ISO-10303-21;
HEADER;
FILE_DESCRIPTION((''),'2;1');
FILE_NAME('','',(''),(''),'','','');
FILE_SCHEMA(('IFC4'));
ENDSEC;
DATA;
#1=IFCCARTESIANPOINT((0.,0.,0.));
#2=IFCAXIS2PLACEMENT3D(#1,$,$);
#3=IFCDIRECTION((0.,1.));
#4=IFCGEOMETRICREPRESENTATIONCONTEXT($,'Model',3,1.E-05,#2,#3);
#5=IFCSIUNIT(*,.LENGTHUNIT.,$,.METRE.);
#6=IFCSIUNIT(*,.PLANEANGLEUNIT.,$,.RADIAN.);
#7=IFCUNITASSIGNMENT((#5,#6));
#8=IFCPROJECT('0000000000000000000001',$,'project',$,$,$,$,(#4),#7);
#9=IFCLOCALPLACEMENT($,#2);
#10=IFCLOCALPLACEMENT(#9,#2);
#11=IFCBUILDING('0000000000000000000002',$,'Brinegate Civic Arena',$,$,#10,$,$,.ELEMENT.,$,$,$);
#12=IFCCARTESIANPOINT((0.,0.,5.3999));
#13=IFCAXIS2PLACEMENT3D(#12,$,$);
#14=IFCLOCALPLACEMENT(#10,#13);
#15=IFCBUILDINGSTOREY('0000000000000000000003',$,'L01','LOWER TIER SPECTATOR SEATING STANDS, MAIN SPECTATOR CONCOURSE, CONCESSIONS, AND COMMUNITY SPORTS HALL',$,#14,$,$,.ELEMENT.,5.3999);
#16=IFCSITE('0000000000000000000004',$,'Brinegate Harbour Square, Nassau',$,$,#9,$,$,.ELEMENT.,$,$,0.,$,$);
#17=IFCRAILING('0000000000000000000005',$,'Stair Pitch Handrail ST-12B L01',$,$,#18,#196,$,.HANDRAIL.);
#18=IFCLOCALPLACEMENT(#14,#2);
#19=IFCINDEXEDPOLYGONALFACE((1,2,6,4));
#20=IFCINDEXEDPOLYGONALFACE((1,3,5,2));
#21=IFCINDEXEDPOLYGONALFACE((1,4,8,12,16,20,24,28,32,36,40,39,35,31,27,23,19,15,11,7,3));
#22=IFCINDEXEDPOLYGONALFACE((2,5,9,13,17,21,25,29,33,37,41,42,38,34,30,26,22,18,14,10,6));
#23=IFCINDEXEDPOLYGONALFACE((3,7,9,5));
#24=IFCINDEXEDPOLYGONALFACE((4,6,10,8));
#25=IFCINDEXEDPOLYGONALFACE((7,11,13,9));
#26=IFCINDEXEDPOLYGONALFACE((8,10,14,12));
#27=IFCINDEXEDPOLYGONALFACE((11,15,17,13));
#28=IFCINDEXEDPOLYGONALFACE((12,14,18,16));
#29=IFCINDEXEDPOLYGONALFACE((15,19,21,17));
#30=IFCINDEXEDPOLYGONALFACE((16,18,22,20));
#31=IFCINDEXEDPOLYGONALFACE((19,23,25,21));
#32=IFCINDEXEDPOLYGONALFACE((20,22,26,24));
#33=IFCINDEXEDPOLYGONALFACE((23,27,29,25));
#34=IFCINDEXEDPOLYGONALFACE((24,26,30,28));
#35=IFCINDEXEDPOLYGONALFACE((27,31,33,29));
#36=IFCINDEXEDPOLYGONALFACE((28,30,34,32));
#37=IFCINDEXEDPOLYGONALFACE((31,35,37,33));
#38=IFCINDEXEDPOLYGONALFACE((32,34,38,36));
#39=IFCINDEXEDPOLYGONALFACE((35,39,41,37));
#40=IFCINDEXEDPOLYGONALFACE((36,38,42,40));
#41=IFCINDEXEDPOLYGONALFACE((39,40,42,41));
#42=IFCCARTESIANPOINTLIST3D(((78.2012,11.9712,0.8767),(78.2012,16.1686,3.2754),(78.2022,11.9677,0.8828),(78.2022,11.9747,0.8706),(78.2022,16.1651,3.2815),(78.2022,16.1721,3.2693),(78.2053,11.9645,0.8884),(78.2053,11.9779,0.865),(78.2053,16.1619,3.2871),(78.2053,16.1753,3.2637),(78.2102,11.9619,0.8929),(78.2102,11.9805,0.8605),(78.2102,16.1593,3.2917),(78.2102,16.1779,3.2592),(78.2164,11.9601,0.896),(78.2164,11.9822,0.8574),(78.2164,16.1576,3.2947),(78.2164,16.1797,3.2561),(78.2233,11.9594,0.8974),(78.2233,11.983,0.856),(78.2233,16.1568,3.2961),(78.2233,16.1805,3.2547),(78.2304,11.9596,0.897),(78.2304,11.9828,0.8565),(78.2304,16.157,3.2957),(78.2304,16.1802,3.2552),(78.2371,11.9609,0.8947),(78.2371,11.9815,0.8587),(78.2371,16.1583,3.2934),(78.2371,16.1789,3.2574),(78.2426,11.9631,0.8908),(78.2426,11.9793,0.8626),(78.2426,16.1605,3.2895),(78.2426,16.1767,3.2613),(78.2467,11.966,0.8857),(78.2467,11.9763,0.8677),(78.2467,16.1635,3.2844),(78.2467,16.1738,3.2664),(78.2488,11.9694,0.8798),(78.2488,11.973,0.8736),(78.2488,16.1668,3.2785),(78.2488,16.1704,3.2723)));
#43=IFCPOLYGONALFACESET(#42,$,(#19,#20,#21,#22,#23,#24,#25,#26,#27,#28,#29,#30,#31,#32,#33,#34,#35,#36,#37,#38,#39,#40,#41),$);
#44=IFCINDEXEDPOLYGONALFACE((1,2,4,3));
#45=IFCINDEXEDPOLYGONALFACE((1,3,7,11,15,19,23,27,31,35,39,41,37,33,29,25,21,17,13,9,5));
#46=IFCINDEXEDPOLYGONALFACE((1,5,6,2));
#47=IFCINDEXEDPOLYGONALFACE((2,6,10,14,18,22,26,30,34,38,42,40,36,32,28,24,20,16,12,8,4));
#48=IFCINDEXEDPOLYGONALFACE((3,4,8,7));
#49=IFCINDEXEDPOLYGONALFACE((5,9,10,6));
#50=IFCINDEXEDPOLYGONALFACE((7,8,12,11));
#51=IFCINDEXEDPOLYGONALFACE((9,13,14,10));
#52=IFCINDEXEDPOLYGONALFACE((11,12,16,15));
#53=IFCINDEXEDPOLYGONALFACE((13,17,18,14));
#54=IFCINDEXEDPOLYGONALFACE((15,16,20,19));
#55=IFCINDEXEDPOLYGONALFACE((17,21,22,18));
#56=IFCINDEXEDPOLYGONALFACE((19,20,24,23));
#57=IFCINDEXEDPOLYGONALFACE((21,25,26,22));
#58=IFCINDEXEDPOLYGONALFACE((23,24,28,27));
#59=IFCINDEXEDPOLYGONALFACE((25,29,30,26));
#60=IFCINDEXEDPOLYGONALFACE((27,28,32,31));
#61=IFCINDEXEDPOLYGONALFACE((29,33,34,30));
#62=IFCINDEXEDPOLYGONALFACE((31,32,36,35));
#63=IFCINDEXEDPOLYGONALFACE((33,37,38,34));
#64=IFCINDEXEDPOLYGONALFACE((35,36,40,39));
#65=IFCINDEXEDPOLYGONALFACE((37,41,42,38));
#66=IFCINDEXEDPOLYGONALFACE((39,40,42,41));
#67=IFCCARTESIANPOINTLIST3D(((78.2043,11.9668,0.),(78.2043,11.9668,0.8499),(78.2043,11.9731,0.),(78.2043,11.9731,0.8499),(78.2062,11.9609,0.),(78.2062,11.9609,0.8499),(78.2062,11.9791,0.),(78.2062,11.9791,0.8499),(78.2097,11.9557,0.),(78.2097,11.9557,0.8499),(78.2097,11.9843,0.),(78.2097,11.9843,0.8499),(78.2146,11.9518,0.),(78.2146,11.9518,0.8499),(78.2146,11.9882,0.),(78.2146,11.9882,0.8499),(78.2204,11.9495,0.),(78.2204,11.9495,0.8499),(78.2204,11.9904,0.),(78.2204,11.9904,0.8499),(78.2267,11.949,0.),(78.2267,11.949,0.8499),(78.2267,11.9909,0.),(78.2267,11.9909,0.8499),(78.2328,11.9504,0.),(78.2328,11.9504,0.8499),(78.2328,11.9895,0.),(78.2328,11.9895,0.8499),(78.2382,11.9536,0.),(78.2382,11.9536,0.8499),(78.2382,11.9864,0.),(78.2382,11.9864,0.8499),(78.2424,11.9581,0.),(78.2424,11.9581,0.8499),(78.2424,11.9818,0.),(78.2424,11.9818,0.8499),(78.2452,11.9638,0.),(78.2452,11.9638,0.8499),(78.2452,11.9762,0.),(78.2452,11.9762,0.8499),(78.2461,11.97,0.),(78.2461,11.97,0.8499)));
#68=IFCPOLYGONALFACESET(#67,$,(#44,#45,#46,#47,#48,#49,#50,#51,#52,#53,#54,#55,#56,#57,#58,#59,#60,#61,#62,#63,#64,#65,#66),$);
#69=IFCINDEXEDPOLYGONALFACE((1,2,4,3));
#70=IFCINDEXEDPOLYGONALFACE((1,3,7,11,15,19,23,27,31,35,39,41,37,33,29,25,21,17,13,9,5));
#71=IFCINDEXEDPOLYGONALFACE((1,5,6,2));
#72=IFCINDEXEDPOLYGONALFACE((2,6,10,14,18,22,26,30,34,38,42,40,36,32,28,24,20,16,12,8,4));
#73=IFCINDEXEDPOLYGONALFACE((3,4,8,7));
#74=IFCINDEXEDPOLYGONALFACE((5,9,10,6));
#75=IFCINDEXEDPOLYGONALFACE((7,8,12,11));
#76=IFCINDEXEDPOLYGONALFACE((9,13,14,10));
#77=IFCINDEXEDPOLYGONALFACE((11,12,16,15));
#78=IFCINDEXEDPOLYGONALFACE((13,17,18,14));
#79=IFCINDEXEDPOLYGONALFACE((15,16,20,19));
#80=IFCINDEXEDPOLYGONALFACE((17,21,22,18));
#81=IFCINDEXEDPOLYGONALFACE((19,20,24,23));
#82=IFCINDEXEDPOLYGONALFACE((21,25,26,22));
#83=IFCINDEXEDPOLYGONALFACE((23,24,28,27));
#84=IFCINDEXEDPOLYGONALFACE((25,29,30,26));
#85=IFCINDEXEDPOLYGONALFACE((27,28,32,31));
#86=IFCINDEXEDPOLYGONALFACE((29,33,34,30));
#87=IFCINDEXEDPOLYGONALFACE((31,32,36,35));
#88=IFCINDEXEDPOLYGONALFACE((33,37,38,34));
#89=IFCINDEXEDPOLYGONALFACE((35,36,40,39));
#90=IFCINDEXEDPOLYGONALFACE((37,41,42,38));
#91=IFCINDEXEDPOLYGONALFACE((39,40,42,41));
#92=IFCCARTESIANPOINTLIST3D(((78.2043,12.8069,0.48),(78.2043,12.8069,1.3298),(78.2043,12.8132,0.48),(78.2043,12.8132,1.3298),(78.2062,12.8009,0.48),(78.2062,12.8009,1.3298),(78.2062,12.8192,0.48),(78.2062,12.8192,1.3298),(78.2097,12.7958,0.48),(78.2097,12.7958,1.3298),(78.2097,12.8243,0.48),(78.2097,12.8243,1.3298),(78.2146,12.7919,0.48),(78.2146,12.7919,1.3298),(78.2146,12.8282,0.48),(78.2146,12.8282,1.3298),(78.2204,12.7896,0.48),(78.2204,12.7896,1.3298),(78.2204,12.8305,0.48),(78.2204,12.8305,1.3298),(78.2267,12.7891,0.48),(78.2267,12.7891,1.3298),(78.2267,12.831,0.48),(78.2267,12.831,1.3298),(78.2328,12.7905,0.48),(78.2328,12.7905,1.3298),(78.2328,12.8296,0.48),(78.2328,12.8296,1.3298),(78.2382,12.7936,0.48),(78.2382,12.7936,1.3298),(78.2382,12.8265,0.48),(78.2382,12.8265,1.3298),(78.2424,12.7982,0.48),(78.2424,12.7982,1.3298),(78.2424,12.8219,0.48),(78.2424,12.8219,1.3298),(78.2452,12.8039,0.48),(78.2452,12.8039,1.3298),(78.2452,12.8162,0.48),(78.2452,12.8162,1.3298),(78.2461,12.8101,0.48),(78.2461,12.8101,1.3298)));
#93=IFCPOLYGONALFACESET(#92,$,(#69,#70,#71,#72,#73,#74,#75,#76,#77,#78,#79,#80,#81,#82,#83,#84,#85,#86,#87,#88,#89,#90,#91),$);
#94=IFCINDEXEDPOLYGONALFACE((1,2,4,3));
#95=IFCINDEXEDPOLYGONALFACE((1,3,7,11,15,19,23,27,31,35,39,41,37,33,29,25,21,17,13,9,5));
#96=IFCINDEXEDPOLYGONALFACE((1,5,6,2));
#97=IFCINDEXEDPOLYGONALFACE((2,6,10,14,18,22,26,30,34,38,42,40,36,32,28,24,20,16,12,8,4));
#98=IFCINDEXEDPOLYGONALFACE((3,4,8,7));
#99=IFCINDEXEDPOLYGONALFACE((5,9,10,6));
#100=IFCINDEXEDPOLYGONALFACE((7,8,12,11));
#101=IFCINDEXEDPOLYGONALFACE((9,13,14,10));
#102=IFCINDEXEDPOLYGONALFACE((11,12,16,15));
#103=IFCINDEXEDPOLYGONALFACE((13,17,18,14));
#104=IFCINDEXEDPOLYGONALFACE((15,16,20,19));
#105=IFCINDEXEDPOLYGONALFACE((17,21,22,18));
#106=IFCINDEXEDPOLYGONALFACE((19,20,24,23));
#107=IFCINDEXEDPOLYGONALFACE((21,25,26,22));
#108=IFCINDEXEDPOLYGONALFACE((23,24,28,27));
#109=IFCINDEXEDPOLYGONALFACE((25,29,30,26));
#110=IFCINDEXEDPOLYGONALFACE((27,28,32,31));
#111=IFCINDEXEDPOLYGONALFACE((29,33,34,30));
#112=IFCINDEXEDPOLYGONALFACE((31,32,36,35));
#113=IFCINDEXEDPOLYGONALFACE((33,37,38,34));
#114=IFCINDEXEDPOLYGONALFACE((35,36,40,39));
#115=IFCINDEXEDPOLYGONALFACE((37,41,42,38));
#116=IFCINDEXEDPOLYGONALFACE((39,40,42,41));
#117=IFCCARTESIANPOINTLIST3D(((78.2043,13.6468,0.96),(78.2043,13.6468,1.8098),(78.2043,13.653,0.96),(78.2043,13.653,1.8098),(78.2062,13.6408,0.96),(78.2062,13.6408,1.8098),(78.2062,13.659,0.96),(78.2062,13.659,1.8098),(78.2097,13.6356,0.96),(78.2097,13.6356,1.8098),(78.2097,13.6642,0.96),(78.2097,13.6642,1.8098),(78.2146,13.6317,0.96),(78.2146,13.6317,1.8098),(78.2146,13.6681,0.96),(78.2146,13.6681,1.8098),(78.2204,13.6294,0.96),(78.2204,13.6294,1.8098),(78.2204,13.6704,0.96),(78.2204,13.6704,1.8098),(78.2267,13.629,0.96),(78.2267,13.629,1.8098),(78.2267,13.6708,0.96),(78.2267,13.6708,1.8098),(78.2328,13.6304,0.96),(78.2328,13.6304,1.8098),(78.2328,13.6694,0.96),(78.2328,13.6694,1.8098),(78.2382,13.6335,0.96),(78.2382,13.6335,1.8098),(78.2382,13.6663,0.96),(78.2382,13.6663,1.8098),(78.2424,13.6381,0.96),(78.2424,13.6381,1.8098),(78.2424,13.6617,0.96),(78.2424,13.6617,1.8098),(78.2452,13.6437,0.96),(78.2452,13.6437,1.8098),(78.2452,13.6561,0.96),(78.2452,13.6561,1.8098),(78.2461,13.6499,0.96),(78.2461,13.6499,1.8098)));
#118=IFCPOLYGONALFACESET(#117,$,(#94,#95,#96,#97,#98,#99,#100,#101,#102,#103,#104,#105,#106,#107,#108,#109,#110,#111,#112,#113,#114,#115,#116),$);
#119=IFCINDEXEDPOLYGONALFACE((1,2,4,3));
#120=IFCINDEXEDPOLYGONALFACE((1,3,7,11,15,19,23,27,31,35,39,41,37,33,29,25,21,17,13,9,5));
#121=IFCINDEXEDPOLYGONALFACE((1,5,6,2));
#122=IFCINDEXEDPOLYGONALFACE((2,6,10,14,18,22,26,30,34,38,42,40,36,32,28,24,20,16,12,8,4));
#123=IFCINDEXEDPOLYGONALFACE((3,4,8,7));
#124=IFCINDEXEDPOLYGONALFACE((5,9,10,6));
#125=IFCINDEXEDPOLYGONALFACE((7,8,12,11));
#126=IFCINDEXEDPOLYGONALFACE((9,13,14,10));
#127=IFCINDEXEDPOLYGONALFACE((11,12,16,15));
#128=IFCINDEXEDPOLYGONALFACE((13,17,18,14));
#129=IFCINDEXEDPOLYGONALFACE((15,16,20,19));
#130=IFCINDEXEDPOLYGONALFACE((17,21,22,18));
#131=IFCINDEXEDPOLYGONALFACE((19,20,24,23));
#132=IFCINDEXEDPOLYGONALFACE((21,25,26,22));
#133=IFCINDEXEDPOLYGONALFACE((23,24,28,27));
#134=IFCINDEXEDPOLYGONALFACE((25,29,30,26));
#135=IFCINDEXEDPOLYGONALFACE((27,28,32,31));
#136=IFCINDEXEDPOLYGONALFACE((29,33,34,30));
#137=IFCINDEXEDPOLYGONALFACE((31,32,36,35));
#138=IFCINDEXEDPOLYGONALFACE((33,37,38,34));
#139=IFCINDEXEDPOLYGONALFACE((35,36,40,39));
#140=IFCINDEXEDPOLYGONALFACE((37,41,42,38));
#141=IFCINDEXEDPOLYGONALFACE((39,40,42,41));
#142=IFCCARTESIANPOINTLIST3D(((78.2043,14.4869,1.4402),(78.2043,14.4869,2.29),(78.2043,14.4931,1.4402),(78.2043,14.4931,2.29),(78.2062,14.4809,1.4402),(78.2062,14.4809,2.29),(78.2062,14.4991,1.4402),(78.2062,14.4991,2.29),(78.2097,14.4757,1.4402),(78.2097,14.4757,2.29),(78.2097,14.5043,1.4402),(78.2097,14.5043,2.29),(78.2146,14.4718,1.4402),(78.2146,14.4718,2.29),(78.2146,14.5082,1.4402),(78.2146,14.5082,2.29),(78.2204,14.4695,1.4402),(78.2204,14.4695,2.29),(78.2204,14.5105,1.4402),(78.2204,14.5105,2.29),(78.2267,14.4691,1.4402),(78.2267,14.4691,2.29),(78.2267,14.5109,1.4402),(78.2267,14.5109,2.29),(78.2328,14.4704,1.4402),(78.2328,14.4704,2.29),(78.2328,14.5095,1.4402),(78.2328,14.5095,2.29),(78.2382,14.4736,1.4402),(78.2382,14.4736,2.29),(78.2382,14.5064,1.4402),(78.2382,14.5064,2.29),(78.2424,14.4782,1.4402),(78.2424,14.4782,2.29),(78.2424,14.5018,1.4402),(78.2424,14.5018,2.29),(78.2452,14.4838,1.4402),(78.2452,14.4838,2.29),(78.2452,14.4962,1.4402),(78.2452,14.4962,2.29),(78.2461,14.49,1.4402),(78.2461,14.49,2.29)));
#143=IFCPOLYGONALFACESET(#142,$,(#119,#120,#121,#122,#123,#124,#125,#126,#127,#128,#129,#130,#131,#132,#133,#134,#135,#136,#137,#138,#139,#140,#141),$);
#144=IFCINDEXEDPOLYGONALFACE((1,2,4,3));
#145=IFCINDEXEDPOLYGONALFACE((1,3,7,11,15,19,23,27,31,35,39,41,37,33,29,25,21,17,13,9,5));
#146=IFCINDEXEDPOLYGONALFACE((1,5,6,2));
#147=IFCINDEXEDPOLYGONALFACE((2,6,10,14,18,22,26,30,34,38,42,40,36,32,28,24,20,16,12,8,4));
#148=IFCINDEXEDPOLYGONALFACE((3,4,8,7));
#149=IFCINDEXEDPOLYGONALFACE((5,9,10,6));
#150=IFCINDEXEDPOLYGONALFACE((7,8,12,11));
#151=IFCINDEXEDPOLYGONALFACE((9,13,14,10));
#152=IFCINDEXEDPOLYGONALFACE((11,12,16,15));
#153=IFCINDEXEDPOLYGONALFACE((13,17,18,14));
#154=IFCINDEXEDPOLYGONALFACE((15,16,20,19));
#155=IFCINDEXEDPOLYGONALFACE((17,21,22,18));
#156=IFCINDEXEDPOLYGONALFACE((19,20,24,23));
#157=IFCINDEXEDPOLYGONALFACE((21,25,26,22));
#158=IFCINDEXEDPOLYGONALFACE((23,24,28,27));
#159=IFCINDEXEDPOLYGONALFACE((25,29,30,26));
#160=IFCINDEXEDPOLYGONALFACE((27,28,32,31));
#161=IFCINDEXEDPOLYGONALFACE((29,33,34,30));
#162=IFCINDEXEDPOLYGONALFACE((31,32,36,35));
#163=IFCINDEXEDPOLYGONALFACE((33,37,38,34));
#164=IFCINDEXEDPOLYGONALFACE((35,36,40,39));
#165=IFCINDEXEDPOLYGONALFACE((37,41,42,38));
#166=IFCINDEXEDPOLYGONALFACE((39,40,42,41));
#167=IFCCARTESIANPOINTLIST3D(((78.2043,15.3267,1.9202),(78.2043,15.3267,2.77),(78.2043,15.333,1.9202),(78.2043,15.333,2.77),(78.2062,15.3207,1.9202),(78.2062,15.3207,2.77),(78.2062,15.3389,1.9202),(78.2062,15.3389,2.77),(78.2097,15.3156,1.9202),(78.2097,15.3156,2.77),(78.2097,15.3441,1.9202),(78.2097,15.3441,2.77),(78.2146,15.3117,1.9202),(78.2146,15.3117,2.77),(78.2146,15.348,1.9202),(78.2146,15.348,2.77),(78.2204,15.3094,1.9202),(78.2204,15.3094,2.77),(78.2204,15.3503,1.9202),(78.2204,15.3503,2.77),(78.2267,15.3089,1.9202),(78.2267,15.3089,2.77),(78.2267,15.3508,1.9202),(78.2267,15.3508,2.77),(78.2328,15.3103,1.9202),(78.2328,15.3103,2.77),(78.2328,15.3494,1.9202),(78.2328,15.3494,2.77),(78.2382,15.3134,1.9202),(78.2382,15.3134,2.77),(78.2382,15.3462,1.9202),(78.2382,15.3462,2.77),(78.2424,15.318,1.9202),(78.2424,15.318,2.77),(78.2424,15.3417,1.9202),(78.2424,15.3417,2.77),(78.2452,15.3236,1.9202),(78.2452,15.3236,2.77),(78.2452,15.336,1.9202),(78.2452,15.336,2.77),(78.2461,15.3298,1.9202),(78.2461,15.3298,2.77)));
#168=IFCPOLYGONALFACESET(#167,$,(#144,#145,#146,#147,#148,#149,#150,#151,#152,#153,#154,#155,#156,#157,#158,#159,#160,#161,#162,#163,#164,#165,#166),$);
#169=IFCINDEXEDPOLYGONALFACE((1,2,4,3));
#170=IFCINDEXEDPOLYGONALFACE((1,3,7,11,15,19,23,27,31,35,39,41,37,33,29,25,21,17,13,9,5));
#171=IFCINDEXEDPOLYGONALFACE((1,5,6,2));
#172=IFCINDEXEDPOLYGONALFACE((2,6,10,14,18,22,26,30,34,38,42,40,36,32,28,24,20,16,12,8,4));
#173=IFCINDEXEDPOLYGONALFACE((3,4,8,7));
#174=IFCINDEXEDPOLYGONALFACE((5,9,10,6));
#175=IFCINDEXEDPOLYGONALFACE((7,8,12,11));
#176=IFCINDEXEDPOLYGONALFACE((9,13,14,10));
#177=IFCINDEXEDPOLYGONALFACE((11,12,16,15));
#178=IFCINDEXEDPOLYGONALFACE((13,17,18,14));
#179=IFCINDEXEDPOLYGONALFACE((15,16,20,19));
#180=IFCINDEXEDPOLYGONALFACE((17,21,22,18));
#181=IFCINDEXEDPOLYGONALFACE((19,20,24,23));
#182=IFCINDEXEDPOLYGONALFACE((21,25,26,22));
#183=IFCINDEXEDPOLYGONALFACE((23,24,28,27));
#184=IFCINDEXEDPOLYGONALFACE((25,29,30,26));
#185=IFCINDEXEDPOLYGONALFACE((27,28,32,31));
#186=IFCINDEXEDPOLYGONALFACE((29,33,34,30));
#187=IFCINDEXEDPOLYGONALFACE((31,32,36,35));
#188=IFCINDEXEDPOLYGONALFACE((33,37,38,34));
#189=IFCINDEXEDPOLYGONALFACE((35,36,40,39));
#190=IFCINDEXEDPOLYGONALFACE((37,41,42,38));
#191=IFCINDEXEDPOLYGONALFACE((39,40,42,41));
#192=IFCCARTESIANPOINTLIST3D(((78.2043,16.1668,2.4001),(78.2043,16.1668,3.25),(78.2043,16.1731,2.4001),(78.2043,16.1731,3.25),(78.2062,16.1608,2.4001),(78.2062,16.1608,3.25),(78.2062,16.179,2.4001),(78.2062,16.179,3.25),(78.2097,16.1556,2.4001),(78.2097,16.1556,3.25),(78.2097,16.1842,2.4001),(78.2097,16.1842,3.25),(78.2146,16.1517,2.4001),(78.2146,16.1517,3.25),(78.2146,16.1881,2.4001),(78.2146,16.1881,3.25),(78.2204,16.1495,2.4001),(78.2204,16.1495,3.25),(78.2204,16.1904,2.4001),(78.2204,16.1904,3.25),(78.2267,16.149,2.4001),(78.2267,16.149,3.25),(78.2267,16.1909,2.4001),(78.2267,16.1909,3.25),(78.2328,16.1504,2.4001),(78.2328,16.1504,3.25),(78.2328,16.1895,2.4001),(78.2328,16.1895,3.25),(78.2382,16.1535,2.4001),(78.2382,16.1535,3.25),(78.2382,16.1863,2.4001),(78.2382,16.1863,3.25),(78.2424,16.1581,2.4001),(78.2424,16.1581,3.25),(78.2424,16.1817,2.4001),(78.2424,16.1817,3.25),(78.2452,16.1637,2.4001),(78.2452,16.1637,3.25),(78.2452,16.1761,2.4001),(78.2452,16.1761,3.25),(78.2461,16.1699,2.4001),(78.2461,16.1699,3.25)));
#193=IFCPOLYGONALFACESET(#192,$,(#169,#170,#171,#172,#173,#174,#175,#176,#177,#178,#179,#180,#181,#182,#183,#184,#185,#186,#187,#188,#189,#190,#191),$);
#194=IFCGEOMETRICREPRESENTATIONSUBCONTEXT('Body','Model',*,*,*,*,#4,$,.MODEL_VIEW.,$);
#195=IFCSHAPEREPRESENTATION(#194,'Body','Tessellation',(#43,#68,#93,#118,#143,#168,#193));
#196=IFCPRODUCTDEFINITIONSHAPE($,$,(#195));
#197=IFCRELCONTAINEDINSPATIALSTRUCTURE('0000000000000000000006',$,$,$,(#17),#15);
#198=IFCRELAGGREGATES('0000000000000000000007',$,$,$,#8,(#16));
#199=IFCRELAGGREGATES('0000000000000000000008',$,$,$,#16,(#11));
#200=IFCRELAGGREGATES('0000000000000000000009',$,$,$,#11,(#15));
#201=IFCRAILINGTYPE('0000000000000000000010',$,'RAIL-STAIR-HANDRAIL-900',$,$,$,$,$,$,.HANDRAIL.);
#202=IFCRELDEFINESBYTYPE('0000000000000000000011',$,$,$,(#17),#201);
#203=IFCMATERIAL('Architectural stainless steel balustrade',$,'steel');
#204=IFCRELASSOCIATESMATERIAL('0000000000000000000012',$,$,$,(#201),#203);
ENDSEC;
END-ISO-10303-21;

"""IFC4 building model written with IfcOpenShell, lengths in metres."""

from ifc_helpers import new_model, si_unit, direction, frame, origin, origin_2d, place, context, subcontext, project, spatial, circle, extrude, material, type_object, element, save


model = new_model("IFC4")

# Units and contexts
model_context = context("Model", 3, precision=1e-05, world=origin(), true_north=direction((0.0, 1.0)))
body_context = subcontext(model_context, "Body", "Model", "MODEL_VIEW")
ifc_project = project(units=[si_unit("LENGTHUNIT", "METRE"), si_unit("PLANEANGLEUNIT", "RADIAN")], contexts=[model_context])

# Site, building, storey
site_placement = place(None, origin())
site = spatial("IfcSite", under=ifc_project, at=site_placement, Name="Brinegate Harbour Square, Nassau", CompositionType="ELEMENT", RefElevation=0.0)
building_placement = place(site_placement, origin())
building = spatial("IfcBuilding", under=site, at=building_placement, Name="Brinegate Civic Arena", CompositionType="ELEMENT")
storey_placement = place(building_placement, frame((0.0, 0.0, 5.3999)))
storey = spatial("IfcBuildingStorey", under=building, at=storey_placement, Name="L01", Description="LOWER TIER SPECTATOR SEATING STANDS, MAIN SPECTATOR CONCOURSE, CONCESSIONS, AND COMMUNITY SPORTS HALL", CompositionType="ELEMENT", Elevation=5.3999)

# Railing
ifc_material_1 = material(Name="Architectural stainless steel balustrade", Category="steel")
railing_type_1 = type_object("IfcRailingType", Name="RAIL-STAIR-HANDRAIL-900", PredefinedType="HANDRAIL", material=ifc_material_1)
for number, where, name in (
    (1, (78.2251, 11.97, 0.0), "Stair Pitch Handrail ST-12B L01"),
):
    element("IfcRailing", number, at=place(storey_placement, frame(where)), inside=storey, type_object=railing_type_1, Name=name, PredefinedType="HANDRAIL", context=body_context, shape_type="SweptSolid", body=[
        extrude(circle(Radius=0.0239, at=origin_2d()), frame((0.0, 0.0012, 0.8767), z_axis=(0.0, 0.868228, 0.496166), x_axis=(-1.0, 0.0, 0.0)), (0.0, 0.0, 1.0), 4.8345),
        extrude(circle(Radius=0.021, at=origin_2d()), origin(), (0.0, 0.0, 1.0), 0.8499),
        extrude(circle(Radius=0.021, at=origin_2d()), frame((0.0, 0.8401, 0.48)), (0.0, 0.0, 1.0), 0.8499),
        extrude(circle(Radius=0.021, at=origin_2d()), frame((0.0, 1.6799, 0.96)), (0.0, 0.0, 1.0), 0.8499),
        extrude(circle(Radius=0.021, at=origin_2d()), frame((0.0, 2.52, 1.4402)), (0.0, 0.0, 1.0), 0.8499),
        extrude(circle(Radius=0.021, at=origin_2d()), frame((0.0, 3.3599, 1.9202)), (0.0, 0.0, 1.0), 0.8499),
        extrude(circle(Radius=0.021, at=origin_2d()), frame((0.0, 4.2, 2.4001)), (0.0, 0.0, 1.0), 0.8499),
    ])

save(model, "model.ifc")
